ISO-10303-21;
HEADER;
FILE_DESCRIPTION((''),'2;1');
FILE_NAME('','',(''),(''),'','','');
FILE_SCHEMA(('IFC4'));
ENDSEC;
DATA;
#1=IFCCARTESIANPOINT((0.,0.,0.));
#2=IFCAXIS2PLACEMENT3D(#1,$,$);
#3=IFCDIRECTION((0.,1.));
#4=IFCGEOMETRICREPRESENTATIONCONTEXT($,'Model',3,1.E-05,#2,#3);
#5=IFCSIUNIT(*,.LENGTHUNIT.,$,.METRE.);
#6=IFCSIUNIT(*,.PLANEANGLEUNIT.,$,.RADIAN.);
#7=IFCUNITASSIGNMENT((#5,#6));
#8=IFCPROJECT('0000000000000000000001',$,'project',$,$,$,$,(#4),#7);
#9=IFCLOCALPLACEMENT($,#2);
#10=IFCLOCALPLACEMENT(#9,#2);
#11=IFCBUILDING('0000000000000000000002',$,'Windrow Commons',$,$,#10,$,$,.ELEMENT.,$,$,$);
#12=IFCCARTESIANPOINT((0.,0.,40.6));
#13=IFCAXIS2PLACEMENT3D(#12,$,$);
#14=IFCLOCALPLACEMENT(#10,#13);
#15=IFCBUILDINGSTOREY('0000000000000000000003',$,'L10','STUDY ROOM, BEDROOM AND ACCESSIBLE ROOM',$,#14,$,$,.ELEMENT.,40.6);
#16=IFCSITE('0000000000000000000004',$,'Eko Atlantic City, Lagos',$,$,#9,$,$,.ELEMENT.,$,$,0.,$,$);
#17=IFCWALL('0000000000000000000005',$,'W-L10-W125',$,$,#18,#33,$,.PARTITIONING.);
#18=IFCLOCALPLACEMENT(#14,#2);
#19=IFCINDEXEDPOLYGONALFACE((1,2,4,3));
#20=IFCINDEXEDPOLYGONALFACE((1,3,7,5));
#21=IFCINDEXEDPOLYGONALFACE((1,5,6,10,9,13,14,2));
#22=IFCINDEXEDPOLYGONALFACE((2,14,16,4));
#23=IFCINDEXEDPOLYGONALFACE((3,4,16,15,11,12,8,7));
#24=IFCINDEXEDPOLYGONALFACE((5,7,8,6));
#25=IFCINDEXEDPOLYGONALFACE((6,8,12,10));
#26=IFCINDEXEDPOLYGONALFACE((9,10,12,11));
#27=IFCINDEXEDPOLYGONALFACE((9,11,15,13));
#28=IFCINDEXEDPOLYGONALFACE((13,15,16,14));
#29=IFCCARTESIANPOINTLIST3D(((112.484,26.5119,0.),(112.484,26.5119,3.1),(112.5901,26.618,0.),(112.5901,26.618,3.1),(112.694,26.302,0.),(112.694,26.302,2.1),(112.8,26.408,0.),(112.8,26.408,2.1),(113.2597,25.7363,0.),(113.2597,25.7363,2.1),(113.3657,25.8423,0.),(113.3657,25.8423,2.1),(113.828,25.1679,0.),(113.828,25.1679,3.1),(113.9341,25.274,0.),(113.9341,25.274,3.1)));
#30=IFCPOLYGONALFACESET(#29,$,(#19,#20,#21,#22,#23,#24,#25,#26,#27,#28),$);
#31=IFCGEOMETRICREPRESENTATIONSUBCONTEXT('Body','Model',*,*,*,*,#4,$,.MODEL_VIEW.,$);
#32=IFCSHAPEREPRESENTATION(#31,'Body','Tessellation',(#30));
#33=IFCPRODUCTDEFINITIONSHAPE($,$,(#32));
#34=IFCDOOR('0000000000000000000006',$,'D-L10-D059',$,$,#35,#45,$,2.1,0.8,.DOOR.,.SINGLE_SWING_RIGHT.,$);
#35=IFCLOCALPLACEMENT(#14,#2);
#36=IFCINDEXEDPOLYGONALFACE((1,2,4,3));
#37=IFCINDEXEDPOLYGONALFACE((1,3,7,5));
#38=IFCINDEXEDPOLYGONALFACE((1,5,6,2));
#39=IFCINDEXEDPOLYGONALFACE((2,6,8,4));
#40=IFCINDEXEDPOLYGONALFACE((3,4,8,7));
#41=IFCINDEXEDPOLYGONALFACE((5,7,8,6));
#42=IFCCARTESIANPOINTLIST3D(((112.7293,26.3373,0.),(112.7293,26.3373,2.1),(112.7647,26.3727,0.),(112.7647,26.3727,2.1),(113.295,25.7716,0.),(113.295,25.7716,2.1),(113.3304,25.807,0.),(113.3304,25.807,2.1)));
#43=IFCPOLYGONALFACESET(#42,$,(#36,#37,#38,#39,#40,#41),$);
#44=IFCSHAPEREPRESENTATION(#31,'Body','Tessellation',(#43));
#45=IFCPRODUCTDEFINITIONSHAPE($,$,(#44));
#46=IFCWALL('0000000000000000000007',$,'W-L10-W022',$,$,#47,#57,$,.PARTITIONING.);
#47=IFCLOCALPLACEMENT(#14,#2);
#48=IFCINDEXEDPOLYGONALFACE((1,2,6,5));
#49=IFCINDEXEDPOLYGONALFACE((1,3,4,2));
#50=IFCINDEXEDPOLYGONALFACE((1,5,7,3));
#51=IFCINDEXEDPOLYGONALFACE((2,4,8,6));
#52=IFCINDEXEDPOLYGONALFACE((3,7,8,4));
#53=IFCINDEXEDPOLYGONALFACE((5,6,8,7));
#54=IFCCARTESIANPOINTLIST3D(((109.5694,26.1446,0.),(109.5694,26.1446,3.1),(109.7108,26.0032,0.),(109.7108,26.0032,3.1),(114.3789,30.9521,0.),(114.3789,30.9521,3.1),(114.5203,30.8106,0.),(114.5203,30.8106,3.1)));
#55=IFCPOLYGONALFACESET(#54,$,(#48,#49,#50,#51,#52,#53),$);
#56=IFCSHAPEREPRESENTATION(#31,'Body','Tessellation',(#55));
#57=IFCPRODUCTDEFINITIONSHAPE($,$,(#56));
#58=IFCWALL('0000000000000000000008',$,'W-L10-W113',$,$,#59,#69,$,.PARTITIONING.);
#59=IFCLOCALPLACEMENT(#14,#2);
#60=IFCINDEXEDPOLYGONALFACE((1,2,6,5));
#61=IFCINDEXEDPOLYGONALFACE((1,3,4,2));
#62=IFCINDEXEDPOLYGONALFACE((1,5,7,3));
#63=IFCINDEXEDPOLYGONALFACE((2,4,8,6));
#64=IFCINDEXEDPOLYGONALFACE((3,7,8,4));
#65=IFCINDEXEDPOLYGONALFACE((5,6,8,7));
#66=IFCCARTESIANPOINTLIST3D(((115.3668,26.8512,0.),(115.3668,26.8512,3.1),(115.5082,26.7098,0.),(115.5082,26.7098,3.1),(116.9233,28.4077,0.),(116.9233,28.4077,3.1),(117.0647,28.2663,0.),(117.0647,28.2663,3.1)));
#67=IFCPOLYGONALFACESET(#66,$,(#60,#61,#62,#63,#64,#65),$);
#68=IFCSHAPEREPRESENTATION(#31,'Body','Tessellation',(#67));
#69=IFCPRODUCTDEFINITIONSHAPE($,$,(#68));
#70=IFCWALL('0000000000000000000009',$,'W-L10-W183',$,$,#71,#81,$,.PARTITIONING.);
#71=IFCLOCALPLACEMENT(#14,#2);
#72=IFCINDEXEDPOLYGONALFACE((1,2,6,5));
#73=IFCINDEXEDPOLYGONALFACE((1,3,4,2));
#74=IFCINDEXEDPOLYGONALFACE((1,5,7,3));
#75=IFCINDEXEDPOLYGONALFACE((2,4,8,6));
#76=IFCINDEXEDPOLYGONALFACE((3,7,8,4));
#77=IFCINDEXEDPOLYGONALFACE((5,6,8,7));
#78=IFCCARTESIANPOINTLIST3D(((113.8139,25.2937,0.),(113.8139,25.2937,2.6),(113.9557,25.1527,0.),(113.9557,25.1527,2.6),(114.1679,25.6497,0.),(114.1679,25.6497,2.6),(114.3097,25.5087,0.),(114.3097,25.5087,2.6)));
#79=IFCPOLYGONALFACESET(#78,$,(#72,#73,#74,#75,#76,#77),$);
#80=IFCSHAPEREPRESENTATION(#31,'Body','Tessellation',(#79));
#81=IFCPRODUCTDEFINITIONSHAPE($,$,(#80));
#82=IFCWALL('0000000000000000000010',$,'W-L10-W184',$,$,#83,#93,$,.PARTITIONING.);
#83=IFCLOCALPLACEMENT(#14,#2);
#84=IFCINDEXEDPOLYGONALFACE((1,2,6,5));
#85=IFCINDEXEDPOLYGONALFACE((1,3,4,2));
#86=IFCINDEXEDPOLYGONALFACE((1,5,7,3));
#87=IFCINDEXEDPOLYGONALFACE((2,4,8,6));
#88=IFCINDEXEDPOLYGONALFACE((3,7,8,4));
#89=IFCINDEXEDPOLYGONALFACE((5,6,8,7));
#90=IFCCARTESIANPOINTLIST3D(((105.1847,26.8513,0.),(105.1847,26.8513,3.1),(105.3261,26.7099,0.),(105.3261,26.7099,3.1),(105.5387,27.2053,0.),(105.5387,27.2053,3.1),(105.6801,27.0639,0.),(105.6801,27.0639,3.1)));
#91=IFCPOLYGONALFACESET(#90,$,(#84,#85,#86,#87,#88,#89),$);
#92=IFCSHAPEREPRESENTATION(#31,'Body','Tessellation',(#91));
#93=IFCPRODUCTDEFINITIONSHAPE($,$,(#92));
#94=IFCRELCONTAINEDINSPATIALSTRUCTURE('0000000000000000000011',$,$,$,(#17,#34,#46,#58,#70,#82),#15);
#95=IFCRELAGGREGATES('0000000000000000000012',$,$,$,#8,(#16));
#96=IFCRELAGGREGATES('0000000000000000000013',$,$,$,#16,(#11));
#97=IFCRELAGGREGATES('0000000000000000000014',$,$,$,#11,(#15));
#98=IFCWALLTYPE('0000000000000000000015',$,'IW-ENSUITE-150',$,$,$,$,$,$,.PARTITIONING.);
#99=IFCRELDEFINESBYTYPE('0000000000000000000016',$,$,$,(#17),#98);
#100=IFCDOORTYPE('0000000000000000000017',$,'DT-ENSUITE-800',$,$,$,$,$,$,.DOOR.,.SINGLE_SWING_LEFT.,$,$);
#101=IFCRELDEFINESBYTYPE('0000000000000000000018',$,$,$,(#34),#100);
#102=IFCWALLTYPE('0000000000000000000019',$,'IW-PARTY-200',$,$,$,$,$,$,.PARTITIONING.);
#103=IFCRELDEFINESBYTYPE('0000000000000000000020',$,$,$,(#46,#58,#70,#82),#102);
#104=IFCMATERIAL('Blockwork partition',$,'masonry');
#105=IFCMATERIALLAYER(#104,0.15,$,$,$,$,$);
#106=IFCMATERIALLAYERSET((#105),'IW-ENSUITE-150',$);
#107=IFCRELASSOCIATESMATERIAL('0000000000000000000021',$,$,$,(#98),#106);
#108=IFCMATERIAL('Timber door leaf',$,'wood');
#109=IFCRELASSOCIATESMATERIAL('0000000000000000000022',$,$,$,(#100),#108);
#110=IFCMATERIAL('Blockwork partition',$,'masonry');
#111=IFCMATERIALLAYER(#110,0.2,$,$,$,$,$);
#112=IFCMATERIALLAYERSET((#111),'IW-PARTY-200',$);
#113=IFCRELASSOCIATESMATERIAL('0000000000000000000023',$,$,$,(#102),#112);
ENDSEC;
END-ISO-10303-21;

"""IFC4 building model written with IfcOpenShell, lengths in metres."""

from ifc_helpers import new_model, si_unit, direction, frame, frame_2d, origin, place, context, subcontext, project, spatial, rectangle, extrude, material, layer, layer_set, type_object, element, fill, save


model = new_model("IFC4")

# Units and contexts
model_context = context("Model", 3, precision=1e-05, world=origin(), true_north=direction((0.0, 1.0)))
body_context = subcontext(model_context, "Body", "Model", "MODEL_VIEW")
ifc_project = project(units=[si_unit("LENGTHUNIT", "METRE"), si_unit("PLANEANGLEUNIT", "RADIAN")], contexts=[model_context])

# Site, building, storey
site_placement = place(None, origin())
site = spatial("IfcSite", under=ifc_project, at=site_placement, Name="Eko Atlantic City, Lagos", CompositionType="ELEMENT", RefElevation=0.0)
building_placement = place(site_placement, origin())
building = spatial("IfcBuilding", under=site, at=building_placement, Name="Windrow Commons", CompositionType="ELEMENT")
storey_placement = place(building_placement, frame((0.0, 0.0, 40.6)))
storey = spatial("IfcBuildingStorey", under=building, at=storey_placement, Name="L10", Description="STUDY ROOM, BEDROOM AND ACCESSIBLE ROOM", CompositionType="ELEMENT", Elevation=40.6)

# Shared definitions
ifc_material_1 = material(Name="Blockwork partition", Category="masonry")
ifc_layer_1 = layer(ifc_material_1, 0.15)
ifc_layer_set_1 = layer_set([ifc_layer_1], Name="IW-ENSUITE-150")
wall_type_1 = type_object("IfcWallType", Name="IW-ENSUITE-150", PredefinedType="PARTITIONING", material=ifc_layer_set_1)

# Wall, opening, door
wall_1_placement = place(storey_placement, frame((112.537, 26.565, 0.0), z_axis=(0.0, 0.0, 1.0), x_axis=(0.707107, -0.707107, 0.0)))
wall_1 = element("IfcWall", 1, at=wall_1_placement, inside=storey, type_object=wall_type_1, Name="W-L10-W125", PredefinedType="PARTITIONING", context=body_context, shape_type="SweptSolid", body=[
    extrude(rectangle(XDim=1.9007, YDim=0.15, at=frame_2d((0.9504, 0.0))), origin(), (0.0, 0.0, 1.0), 3.1),
])
opening_1_placement = place(wall_1_placement, frame((0.297, 0.0, 0.0)))
opening_1 = element("IfcOpeningElement", 2, at=opening_1_placement, cuts=wall_1, PredefinedType="OPENING", context=body_context, shape_type="SweptSolid", body=[
    extrude(rectangle(XDim=0.8, YDim=2.1, at=frame_2d((0.4, 1.05))), frame((0.0, 0.085, 0.0), z_axis=(0.0, -1.0, 0.0), x_axis=(1.0, 0.0, 0.0)), (0.0, 0.0, 1.0), 0.17),
])
ifc_material_2 = material(Name="Timber door leaf", Category="wood")
door_type_1 = type_object("IfcDoorType", Name="DT-ENSUITE-800", OperationType="SINGLE_SWING_LEFT", PredefinedType="DOOR", material=ifc_material_2)
door_1_placement = place(opening_1_placement, origin())
door_1 = element("IfcDoor", 3, at=door_1_placement, inside=storey, type_object=door_type_1, Name="D-L10-D059", OperationType="SINGLE_SWING_RIGHT", OverallHeight=2.1, OverallWidth=0.8, PredefinedType="DOOR", context=body_context, shape_type="SweptSolid", body=[
    extrude(rectangle(XDim=0.8, YDim=2.1, at=frame_2d((0.4, 1.05))), frame((0.0, 0.025, 0.0), z_axis=(0.0, -1.0, 0.0), x_axis=(1.0, 0.0, 0.0)), (0.0, 0.0, 1.0), 0.05),
])
fill(opening_1, door_1)

# Walls
ifc_material_3 = material(Name="Blockwork partition", Category="masonry")
ifc_layer_2 = layer(ifc_material_3, 0.2)
ifc_layer_set_2 = layer_set([ifc_layer_2], Name="IW-PARTY-200")
wall_type_2 = type_object("IfcWallType", Name="IW-PARTY-200", PredefinedType="PARTITIONING", material=ifc_layer_set_2)
wall_2_placement = place(storey_placement, frame((109.6401, 26.0739, 0.0), z_axis=(0.0, 0.0, 1.0), x_axis=(0.707254, 0.70696, 0.0)))
element("IfcWall", 4, at=wall_2_placement, inside=storey, type_object=wall_type_2, Name="W-L10-W022", PredefinedType="PARTITIONING", context=body_context, shape_type="SweptSolid", body=[
    extrude(rectangle(XDim=6.8002, YDim=0.2, at=frame_2d((3.4001, 0.0))), origin(), (0.0, 0.0, 1.0), 3.1),
])
wall_3_placement = place(storey_placement, frame((115.4375, 26.7805, 0.0), z_axis=(0.0, 0.0, 1.0), x_axis=(0.707107, 0.707107, 0.0)))
element("IfcWall", 5, at=wall_3_placement, inside=storey, type_object=wall_type_2, Name="W-L10-W113", PredefinedType="PARTITIONING", context=body_context, shape_type="SweptSolid", body=[
    extrude(rectangle(XDim=2.2012, YDim=0.2, at=frame_2d((1.1006, 0.0))), origin(), (0.0, 0.0, 1.0), 3.1),
])
wall_4_placement = place(storey_placement, frame((113.8848, 25.2232, 0.0), z_axis=(0.0, 0.0, 1.0), x_axis=(0.705112, 0.709096, 0.0)))
element("IfcWall", 6, at=wall_4_placement, inside=storey, type_object=wall_type_2, Name="W-L10-W183", PredefinedType="PARTITIONING", context=body_context, shape_type="SweptSolid", body=[
    extrude(rectangle(XDim=0.502, YDim=0.2, at=frame_2d((0.251, 0.0))), origin(), (0.0, 0.0, 1.0), 2.6),
])
wall_5_placement = place(storey_placement, frame((105.2554, 26.7806, 0.0), z_axis=(0.0, 0.0, 1.0), x_axis=(0.707107, 0.707107, 0.0)))
element("IfcWall", 7, at=wall_5_placement, inside=storey, type_object=wall_type_2, Name="W-L10-W184", PredefinedType="PARTITIONING", context=body_context, shape_type="SweptSolid", body=[
    extrude(rectangle(XDim=0.5006, YDim=0.2, at=frame_2d((0.2503, 0.0))), origin(), (0.0, 0.0, 1.0), 3.1),
])

save(model, "model.ifc")
